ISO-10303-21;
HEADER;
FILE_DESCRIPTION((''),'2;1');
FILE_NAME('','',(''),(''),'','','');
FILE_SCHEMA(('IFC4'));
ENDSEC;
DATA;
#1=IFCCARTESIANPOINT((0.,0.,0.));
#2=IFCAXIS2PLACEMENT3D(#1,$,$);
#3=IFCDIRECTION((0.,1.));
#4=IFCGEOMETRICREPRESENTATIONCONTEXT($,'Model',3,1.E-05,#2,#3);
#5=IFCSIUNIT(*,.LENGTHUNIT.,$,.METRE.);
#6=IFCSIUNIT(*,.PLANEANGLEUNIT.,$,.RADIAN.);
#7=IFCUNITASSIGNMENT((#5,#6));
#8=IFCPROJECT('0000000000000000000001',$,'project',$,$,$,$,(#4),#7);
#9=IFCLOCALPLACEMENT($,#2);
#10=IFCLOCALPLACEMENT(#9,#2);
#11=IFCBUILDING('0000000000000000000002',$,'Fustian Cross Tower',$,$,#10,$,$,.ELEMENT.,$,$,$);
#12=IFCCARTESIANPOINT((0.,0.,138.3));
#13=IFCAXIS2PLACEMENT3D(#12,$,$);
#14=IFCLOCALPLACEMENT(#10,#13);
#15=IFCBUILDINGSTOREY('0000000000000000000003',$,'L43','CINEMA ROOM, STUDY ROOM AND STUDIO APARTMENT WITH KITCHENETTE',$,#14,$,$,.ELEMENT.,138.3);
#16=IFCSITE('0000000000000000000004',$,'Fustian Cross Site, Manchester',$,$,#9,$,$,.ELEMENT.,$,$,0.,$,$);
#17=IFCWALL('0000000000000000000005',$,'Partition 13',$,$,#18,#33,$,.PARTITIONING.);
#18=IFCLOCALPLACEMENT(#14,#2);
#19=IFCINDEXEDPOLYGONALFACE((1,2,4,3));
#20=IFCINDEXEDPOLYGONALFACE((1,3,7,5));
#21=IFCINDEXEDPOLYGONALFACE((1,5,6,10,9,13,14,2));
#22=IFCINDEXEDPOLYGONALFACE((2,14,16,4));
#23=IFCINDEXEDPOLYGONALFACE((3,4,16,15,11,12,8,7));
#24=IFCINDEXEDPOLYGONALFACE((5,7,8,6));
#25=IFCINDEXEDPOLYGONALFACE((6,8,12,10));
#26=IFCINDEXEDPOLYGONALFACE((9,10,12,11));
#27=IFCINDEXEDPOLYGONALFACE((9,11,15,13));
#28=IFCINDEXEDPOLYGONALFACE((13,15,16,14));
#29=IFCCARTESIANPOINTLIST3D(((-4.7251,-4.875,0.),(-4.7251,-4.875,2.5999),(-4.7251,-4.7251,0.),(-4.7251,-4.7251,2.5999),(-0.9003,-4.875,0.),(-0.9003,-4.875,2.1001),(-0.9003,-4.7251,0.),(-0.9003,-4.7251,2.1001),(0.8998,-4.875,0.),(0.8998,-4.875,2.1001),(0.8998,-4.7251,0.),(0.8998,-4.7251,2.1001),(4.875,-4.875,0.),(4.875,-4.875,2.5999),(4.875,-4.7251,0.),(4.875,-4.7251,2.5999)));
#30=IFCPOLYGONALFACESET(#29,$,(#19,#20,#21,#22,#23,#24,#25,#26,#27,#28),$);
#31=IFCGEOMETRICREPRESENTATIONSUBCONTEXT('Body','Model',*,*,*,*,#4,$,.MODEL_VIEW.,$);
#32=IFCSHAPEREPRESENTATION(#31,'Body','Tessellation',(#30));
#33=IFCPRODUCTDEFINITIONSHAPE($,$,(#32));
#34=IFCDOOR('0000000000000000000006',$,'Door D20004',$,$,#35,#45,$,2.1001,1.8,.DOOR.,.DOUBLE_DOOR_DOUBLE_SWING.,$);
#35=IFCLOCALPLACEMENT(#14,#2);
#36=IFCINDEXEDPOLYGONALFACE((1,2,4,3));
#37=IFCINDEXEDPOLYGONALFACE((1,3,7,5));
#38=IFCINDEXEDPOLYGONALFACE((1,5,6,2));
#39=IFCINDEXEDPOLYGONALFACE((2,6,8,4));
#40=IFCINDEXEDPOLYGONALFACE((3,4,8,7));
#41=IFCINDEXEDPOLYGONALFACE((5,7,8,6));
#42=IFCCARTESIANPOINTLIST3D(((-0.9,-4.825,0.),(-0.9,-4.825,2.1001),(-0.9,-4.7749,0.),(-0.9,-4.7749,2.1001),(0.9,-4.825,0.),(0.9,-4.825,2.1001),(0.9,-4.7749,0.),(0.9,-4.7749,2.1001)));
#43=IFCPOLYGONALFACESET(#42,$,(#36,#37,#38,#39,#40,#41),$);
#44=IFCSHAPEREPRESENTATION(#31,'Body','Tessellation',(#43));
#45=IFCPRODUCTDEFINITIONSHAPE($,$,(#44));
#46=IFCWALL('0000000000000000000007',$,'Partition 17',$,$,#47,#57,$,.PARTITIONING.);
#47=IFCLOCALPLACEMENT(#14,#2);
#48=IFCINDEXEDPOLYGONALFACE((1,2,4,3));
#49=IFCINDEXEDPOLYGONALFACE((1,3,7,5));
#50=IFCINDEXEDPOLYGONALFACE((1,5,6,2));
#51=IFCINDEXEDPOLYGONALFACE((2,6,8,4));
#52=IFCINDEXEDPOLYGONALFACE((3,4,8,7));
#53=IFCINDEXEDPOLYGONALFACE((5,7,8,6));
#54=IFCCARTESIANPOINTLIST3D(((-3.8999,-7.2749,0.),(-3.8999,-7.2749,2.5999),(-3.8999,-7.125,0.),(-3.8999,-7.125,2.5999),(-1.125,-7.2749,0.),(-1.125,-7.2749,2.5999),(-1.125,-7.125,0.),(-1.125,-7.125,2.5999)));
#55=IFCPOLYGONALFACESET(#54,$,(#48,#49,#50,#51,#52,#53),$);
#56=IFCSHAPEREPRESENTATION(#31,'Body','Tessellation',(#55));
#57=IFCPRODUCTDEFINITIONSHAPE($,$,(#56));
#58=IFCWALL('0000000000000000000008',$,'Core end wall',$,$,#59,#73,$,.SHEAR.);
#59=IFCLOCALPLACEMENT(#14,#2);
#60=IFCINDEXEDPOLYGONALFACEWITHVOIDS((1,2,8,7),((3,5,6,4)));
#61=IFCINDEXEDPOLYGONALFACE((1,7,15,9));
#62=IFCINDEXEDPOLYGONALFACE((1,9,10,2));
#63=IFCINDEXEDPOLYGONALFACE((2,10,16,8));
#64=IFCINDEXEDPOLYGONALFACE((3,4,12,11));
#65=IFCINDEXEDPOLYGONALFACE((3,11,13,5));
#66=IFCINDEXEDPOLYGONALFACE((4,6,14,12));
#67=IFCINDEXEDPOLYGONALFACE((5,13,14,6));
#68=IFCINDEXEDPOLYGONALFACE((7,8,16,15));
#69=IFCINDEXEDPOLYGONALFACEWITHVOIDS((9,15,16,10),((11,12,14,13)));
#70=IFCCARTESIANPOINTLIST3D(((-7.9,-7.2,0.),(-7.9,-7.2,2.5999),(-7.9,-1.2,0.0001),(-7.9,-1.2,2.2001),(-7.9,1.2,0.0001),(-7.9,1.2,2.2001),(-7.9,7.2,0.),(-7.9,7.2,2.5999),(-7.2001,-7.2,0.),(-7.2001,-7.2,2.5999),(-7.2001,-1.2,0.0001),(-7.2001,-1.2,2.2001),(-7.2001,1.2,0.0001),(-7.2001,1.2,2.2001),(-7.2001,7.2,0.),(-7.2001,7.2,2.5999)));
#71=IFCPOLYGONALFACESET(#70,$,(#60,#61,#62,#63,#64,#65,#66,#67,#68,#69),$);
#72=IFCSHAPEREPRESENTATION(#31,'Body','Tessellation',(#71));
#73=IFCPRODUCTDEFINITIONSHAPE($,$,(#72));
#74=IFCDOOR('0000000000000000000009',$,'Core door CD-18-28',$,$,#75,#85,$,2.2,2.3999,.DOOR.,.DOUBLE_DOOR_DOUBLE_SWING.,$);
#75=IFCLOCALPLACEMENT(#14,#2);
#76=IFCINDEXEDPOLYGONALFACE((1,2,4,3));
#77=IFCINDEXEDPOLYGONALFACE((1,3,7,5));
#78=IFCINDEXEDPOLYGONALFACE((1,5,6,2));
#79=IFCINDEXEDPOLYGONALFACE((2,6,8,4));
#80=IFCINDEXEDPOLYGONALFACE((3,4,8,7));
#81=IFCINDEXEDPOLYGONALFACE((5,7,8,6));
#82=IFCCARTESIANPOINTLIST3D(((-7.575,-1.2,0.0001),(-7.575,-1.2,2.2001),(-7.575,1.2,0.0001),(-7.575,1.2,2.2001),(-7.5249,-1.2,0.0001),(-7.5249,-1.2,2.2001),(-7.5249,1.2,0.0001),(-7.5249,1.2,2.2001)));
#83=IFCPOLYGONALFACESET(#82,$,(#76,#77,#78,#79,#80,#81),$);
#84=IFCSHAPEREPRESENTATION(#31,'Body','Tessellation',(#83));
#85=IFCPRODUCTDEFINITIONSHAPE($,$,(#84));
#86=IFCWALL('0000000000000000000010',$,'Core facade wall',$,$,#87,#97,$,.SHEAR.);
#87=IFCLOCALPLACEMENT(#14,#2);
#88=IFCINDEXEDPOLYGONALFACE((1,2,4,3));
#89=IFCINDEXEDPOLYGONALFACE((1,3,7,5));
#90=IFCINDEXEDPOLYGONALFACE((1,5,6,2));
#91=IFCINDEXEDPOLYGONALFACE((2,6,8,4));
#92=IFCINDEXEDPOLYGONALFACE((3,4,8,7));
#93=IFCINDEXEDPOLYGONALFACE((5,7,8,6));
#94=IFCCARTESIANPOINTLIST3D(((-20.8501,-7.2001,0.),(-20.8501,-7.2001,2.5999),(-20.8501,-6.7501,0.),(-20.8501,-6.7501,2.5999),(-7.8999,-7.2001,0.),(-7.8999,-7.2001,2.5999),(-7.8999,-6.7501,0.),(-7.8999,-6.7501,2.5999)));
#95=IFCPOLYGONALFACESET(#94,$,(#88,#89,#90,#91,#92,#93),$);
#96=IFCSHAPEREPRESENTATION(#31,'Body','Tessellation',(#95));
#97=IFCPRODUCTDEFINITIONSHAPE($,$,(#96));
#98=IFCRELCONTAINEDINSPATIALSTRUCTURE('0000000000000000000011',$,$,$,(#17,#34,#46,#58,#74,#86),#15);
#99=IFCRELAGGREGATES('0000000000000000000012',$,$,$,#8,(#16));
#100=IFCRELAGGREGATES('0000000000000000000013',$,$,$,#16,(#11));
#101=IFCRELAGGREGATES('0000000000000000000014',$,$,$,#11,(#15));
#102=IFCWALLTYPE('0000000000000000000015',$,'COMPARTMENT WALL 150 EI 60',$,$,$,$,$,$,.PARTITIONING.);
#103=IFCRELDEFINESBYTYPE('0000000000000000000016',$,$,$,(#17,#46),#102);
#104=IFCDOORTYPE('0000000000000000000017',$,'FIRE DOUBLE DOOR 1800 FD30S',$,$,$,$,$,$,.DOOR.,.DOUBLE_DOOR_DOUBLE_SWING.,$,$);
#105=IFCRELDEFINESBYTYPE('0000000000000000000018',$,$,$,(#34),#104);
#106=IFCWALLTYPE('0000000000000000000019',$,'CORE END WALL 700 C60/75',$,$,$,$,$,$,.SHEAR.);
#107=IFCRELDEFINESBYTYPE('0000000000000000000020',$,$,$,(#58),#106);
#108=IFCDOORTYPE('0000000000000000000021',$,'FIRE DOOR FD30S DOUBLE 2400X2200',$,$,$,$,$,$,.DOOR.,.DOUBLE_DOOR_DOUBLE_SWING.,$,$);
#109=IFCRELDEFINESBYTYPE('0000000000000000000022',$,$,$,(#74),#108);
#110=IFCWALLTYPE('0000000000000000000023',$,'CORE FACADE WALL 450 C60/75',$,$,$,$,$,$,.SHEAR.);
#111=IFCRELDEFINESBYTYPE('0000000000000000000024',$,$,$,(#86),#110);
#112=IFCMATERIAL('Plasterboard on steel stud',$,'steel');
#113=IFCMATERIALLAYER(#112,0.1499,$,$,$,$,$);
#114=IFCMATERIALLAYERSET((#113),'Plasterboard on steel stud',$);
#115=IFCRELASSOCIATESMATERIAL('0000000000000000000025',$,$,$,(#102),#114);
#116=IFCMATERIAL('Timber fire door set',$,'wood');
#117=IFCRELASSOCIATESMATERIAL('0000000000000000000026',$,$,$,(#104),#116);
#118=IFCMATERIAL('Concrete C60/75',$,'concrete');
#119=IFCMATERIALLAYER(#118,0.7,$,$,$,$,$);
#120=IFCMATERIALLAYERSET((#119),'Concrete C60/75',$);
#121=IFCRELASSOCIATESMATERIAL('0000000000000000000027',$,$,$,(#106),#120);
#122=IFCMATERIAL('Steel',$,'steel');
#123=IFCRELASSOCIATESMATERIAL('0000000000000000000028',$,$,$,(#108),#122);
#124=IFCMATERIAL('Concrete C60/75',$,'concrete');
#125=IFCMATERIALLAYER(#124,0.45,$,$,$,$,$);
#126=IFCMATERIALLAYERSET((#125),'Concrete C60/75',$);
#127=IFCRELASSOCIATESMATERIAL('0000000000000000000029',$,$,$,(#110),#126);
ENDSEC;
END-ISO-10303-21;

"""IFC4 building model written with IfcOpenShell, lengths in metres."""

from ifc_helpers import new_model, si_unit, direction, frame, frame_2d, origin, place, context, subcontext, project, spatial, rectangle, extrude, material, layer, layer_set, type_object, element, fill, save


model = new_model("IFC4")

# Units and contexts
model_context = context("Model", 3, precision=1e-05, world=origin(), true_north=direction((0.0, 1.0)))
body_context = subcontext(model_context, "Body", "Model", "MODEL_VIEW")
ifc_project = project(units=[si_unit("LENGTHUNIT", "METRE"), si_unit("PLANEANGLEUNIT", "RADIAN")], contexts=[model_context])

# Site, building, storey
site_placement = place(None, origin())
site = spatial("IfcSite", under=ifc_project, at=site_placement, Name="Fustian Cross Site, Manchester", CompositionType="ELEMENT", RefElevation=0.0)
building_placement = place(site_placement, origin())
building = spatial("IfcBuilding", under=site, at=building_placement, Name="Fustian Cross Tower", CompositionType="ELEMENT")
storey_placement = place(building_placement, frame((0.0, 0.0, 138.3)))
storey = spatial("IfcBuildingStorey", under=building, at=storey_placement, Name="L43", Description="CINEMA ROOM, STUDY ROOM AND STUDIO APARTMENT WITH KITCHENETTE", CompositionType="ELEMENT", Elevation=138.3)

# Shared definitions
ifc_material_1 = material(Name="Plasterboard on steel stud", Category="steel")
ifc_layer_1 = layer(ifc_material_1, 0.1499)
ifc_layer_set_1 = layer_set([ifc_layer_1], Name="Plasterboard on steel stud")
wall_type_1 = type_object("IfcWallType", Name="COMPARTMENT WALL 150 EI 60", PredefinedType="PARTITIONING", material=ifc_layer_set_1)

# Wall, opening, door
wall_1_placement = place(storey_placement, frame((-4.7251, -4.8, 0.0), z_axis=(0.0, 0.0, 1.0), x_axis=(1.0, 0.0, 0.0)))
wall_1 = element("IfcWall", 1, at=wall_1_placement, inside=storey, type_object=wall_type_1, Name="Partition 13", PredefinedType="PARTITIONING", context=body_context, shape_type="SweptSolid", body=[
    extrude(rectangle(XDim=9.6001, YDim=0.1499, at=frame_2d((4.8, 0.0))), origin(), (0.0, 0.0, 1.0), 2.5999),
])
opening_1_placement = place(wall_1_placement, frame((3.825, 0.0, 0.0)))
opening_1 = element("IfcOpeningElement", 2, at=opening_1_placement, cuts=wall_1, PredefinedType="OPENING", context=body_context, shape_type="SweptSolid", body=[
    extrude(rectangle(XDim=1.8, YDim=2.1001, at=frame_2d((0.8999, 1.05))), frame((0.0, 0.085, 0.0), z_axis=(0.0, -1.0, 0.0), x_axis=(1.0, 0.0, 0.0)), (0.0, 0.0, 1.0), 0.1699),
])
ifc_material_2 = material(Name="Timber fire door set", Category="wood")
door_type_1 = type_object("IfcDoorType", Name="FIRE DOUBLE DOOR 1800 FD30S", OperationType="DOUBLE_DOOR_DOUBLE_SWING", PredefinedType="DOOR", material=ifc_material_2)
door_1_placement = place(opening_1_placement, frame((1.8, 0.0, 0.0), z_axis=(0.0, 0.0, 1.0), x_axis=(-1.0, 0.0, 0.0)))
door_1 = element("IfcDoor", 3, at=door_1_placement, inside=storey, type_object=door_type_1, Name="Door D20004", OperationType="DOUBLE_DOOR_DOUBLE_SWING", OverallHeight=2.1001, OverallWidth=1.8, PredefinedType="DOOR", context=body_context, shape_type="SweptSolid", body=[
    extrude(rectangle(XDim=1.8, YDim=2.1001, at=frame_2d((0.8999, 1.05))), frame((0.0, 0.0249, 0.0), z_axis=(0.0, -1.0, 0.0), x_axis=(1.0, 0.0, 0.0)), (0.0, 0.0, 1.0), 0.05),
])
fill(opening_1, door_1)

# Wall
wall_2_placement = place(storey_placement, frame((-3.8999, -7.2, 0.0), z_axis=(0.0, 0.0, 1.0), x_axis=(1.0, 0.0, 0.0)))
element("IfcWall", 4, at=wall_2_placement, inside=storey, type_object=wall_type_1, Name="Partition 17", PredefinedType="PARTITIONING", context=body_context, shape_type="SweptSolid", body=[
    extrude(rectangle(XDim=2.7749, YDim=0.1499, at=frame_2d((1.3875, 0.0))), origin(), (0.0, 0.0, 1.0), 2.5999),
])

# Wall, opening, door
ifc_material_3 = material(Name="Concrete C60/75", Category="concrete")
ifc_layer_2 = layer(ifc_material_3, 0.7)
ifc_layer_set_2 = layer_set([ifc_layer_2], Name="Concrete C60/75")
wall_type_2 = type_object("IfcWallType", Name="CORE END WALL 700 C60/75", PredefinedType="SHEAR", material=ifc_layer_set_2)
wall_3_placement = place(storey_placement, frame((-7.55, -7.2, 0.0), z_axis=(0.0, 0.0, 1.0), x_axis=(0.0, 1.0, 0.0)))
wall_3 = element("IfcWall", 5, at=wall_3_placement, inside=storey, type_object=wall_type_2, Name="Core end wall", PredefinedType="SHEAR", context=body_context, shape_type="SweptSolid", body=[
    extrude(rectangle(XDim=14.3999, YDim=0.7, at=frame_2d((7.2, 0.0))), origin(), (0.0, 0.0, 1.0), 2.5999),
])
opening_2_placement = place(wall_3_placement, frame((6.0, 0.0, 0.0)))
opening_2 = element("IfcOpeningElement", 6, at=opening_2_placement, cuts=wall_3, PredefinedType="OPENING", context=body_context, shape_type="SweptSolid", body=[
    extrude(rectangle(XDim=2.3999, YDim=2.2, at=frame_2d((1.2, 1.1001))), frame((0.0, 0.3599, 0.0), z_axis=(0.0, -1.0, 0.0), x_axis=(1.0, 0.0, 0.0)), (0.0, 0.0, 1.0), 0.72),
])
ifc_material_4 = material(Name="Steel", Category="steel")
door_type_2 = type_object("IfcDoorType", Name="FIRE DOOR FD30S DOUBLE 2400X2200", OperationType="DOUBLE_DOOR_DOUBLE_SWING", PredefinedType="DOOR", material=ifc_material_4)
door_2_placement = place(opening_2_placement, origin())
door_2 = element("IfcDoor", 7, at=door_2_placement, inside=storey, type_object=door_type_2, Name="Core door CD-18-28", OperationType="DOUBLE_DOOR_DOUBLE_SWING", OverallHeight=2.2, OverallWidth=2.3999, PredefinedType="DOOR", context=body_context, shape_type="SweptSolid", body=[
    extrude(rectangle(XDim=2.3999, YDim=2.2, at=frame_2d((1.2, 1.1001))), frame((0.0, 0.0249, 0.0), z_axis=(0.0, -1.0, 0.0), x_axis=(1.0, 0.0, 0.0)), (0.0, 0.0, 1.0), 0.05),
])
fill(opening_2, door_2)

# Wall
ifc_material_5 = material(Name="Concrete C60/75", Category="concrete")
ifc_layer_3 = layer(ifc_material_5, 0.45)
ifc_layer_set_3 = layer_set([ifc_layer_3], Name="Concrete C60/75")
wall_type_3 = type_object("IfcWallType", Name="CORE FACADE WALL 450 C60/75", PredefinedType="SHEAR", material=ifc_layer_set_3)
wall_4_placement = place(storey_placement, frame((-7.8999, -6.9751, 0.0), z_axis=(0.0, 0.0, 1.0), x_axis=(-1.0, 0.0, 0.0)))
element("IfcWall", 8, at=wall_4_placement, inside=storey, type_object=wall_type_3, Name="Core facade wall", PredefinedType="SHEAR", context=body_context, shape_type="SweptSolid", body=[
    extrude(rectangle(XDim=12.9502, YDim=0.45, at=frame_2d((6.4751, 0.0))), origin(), (0.0, 0.0, 1.0), 2.5999),
])

save(model, "model.ifc")
